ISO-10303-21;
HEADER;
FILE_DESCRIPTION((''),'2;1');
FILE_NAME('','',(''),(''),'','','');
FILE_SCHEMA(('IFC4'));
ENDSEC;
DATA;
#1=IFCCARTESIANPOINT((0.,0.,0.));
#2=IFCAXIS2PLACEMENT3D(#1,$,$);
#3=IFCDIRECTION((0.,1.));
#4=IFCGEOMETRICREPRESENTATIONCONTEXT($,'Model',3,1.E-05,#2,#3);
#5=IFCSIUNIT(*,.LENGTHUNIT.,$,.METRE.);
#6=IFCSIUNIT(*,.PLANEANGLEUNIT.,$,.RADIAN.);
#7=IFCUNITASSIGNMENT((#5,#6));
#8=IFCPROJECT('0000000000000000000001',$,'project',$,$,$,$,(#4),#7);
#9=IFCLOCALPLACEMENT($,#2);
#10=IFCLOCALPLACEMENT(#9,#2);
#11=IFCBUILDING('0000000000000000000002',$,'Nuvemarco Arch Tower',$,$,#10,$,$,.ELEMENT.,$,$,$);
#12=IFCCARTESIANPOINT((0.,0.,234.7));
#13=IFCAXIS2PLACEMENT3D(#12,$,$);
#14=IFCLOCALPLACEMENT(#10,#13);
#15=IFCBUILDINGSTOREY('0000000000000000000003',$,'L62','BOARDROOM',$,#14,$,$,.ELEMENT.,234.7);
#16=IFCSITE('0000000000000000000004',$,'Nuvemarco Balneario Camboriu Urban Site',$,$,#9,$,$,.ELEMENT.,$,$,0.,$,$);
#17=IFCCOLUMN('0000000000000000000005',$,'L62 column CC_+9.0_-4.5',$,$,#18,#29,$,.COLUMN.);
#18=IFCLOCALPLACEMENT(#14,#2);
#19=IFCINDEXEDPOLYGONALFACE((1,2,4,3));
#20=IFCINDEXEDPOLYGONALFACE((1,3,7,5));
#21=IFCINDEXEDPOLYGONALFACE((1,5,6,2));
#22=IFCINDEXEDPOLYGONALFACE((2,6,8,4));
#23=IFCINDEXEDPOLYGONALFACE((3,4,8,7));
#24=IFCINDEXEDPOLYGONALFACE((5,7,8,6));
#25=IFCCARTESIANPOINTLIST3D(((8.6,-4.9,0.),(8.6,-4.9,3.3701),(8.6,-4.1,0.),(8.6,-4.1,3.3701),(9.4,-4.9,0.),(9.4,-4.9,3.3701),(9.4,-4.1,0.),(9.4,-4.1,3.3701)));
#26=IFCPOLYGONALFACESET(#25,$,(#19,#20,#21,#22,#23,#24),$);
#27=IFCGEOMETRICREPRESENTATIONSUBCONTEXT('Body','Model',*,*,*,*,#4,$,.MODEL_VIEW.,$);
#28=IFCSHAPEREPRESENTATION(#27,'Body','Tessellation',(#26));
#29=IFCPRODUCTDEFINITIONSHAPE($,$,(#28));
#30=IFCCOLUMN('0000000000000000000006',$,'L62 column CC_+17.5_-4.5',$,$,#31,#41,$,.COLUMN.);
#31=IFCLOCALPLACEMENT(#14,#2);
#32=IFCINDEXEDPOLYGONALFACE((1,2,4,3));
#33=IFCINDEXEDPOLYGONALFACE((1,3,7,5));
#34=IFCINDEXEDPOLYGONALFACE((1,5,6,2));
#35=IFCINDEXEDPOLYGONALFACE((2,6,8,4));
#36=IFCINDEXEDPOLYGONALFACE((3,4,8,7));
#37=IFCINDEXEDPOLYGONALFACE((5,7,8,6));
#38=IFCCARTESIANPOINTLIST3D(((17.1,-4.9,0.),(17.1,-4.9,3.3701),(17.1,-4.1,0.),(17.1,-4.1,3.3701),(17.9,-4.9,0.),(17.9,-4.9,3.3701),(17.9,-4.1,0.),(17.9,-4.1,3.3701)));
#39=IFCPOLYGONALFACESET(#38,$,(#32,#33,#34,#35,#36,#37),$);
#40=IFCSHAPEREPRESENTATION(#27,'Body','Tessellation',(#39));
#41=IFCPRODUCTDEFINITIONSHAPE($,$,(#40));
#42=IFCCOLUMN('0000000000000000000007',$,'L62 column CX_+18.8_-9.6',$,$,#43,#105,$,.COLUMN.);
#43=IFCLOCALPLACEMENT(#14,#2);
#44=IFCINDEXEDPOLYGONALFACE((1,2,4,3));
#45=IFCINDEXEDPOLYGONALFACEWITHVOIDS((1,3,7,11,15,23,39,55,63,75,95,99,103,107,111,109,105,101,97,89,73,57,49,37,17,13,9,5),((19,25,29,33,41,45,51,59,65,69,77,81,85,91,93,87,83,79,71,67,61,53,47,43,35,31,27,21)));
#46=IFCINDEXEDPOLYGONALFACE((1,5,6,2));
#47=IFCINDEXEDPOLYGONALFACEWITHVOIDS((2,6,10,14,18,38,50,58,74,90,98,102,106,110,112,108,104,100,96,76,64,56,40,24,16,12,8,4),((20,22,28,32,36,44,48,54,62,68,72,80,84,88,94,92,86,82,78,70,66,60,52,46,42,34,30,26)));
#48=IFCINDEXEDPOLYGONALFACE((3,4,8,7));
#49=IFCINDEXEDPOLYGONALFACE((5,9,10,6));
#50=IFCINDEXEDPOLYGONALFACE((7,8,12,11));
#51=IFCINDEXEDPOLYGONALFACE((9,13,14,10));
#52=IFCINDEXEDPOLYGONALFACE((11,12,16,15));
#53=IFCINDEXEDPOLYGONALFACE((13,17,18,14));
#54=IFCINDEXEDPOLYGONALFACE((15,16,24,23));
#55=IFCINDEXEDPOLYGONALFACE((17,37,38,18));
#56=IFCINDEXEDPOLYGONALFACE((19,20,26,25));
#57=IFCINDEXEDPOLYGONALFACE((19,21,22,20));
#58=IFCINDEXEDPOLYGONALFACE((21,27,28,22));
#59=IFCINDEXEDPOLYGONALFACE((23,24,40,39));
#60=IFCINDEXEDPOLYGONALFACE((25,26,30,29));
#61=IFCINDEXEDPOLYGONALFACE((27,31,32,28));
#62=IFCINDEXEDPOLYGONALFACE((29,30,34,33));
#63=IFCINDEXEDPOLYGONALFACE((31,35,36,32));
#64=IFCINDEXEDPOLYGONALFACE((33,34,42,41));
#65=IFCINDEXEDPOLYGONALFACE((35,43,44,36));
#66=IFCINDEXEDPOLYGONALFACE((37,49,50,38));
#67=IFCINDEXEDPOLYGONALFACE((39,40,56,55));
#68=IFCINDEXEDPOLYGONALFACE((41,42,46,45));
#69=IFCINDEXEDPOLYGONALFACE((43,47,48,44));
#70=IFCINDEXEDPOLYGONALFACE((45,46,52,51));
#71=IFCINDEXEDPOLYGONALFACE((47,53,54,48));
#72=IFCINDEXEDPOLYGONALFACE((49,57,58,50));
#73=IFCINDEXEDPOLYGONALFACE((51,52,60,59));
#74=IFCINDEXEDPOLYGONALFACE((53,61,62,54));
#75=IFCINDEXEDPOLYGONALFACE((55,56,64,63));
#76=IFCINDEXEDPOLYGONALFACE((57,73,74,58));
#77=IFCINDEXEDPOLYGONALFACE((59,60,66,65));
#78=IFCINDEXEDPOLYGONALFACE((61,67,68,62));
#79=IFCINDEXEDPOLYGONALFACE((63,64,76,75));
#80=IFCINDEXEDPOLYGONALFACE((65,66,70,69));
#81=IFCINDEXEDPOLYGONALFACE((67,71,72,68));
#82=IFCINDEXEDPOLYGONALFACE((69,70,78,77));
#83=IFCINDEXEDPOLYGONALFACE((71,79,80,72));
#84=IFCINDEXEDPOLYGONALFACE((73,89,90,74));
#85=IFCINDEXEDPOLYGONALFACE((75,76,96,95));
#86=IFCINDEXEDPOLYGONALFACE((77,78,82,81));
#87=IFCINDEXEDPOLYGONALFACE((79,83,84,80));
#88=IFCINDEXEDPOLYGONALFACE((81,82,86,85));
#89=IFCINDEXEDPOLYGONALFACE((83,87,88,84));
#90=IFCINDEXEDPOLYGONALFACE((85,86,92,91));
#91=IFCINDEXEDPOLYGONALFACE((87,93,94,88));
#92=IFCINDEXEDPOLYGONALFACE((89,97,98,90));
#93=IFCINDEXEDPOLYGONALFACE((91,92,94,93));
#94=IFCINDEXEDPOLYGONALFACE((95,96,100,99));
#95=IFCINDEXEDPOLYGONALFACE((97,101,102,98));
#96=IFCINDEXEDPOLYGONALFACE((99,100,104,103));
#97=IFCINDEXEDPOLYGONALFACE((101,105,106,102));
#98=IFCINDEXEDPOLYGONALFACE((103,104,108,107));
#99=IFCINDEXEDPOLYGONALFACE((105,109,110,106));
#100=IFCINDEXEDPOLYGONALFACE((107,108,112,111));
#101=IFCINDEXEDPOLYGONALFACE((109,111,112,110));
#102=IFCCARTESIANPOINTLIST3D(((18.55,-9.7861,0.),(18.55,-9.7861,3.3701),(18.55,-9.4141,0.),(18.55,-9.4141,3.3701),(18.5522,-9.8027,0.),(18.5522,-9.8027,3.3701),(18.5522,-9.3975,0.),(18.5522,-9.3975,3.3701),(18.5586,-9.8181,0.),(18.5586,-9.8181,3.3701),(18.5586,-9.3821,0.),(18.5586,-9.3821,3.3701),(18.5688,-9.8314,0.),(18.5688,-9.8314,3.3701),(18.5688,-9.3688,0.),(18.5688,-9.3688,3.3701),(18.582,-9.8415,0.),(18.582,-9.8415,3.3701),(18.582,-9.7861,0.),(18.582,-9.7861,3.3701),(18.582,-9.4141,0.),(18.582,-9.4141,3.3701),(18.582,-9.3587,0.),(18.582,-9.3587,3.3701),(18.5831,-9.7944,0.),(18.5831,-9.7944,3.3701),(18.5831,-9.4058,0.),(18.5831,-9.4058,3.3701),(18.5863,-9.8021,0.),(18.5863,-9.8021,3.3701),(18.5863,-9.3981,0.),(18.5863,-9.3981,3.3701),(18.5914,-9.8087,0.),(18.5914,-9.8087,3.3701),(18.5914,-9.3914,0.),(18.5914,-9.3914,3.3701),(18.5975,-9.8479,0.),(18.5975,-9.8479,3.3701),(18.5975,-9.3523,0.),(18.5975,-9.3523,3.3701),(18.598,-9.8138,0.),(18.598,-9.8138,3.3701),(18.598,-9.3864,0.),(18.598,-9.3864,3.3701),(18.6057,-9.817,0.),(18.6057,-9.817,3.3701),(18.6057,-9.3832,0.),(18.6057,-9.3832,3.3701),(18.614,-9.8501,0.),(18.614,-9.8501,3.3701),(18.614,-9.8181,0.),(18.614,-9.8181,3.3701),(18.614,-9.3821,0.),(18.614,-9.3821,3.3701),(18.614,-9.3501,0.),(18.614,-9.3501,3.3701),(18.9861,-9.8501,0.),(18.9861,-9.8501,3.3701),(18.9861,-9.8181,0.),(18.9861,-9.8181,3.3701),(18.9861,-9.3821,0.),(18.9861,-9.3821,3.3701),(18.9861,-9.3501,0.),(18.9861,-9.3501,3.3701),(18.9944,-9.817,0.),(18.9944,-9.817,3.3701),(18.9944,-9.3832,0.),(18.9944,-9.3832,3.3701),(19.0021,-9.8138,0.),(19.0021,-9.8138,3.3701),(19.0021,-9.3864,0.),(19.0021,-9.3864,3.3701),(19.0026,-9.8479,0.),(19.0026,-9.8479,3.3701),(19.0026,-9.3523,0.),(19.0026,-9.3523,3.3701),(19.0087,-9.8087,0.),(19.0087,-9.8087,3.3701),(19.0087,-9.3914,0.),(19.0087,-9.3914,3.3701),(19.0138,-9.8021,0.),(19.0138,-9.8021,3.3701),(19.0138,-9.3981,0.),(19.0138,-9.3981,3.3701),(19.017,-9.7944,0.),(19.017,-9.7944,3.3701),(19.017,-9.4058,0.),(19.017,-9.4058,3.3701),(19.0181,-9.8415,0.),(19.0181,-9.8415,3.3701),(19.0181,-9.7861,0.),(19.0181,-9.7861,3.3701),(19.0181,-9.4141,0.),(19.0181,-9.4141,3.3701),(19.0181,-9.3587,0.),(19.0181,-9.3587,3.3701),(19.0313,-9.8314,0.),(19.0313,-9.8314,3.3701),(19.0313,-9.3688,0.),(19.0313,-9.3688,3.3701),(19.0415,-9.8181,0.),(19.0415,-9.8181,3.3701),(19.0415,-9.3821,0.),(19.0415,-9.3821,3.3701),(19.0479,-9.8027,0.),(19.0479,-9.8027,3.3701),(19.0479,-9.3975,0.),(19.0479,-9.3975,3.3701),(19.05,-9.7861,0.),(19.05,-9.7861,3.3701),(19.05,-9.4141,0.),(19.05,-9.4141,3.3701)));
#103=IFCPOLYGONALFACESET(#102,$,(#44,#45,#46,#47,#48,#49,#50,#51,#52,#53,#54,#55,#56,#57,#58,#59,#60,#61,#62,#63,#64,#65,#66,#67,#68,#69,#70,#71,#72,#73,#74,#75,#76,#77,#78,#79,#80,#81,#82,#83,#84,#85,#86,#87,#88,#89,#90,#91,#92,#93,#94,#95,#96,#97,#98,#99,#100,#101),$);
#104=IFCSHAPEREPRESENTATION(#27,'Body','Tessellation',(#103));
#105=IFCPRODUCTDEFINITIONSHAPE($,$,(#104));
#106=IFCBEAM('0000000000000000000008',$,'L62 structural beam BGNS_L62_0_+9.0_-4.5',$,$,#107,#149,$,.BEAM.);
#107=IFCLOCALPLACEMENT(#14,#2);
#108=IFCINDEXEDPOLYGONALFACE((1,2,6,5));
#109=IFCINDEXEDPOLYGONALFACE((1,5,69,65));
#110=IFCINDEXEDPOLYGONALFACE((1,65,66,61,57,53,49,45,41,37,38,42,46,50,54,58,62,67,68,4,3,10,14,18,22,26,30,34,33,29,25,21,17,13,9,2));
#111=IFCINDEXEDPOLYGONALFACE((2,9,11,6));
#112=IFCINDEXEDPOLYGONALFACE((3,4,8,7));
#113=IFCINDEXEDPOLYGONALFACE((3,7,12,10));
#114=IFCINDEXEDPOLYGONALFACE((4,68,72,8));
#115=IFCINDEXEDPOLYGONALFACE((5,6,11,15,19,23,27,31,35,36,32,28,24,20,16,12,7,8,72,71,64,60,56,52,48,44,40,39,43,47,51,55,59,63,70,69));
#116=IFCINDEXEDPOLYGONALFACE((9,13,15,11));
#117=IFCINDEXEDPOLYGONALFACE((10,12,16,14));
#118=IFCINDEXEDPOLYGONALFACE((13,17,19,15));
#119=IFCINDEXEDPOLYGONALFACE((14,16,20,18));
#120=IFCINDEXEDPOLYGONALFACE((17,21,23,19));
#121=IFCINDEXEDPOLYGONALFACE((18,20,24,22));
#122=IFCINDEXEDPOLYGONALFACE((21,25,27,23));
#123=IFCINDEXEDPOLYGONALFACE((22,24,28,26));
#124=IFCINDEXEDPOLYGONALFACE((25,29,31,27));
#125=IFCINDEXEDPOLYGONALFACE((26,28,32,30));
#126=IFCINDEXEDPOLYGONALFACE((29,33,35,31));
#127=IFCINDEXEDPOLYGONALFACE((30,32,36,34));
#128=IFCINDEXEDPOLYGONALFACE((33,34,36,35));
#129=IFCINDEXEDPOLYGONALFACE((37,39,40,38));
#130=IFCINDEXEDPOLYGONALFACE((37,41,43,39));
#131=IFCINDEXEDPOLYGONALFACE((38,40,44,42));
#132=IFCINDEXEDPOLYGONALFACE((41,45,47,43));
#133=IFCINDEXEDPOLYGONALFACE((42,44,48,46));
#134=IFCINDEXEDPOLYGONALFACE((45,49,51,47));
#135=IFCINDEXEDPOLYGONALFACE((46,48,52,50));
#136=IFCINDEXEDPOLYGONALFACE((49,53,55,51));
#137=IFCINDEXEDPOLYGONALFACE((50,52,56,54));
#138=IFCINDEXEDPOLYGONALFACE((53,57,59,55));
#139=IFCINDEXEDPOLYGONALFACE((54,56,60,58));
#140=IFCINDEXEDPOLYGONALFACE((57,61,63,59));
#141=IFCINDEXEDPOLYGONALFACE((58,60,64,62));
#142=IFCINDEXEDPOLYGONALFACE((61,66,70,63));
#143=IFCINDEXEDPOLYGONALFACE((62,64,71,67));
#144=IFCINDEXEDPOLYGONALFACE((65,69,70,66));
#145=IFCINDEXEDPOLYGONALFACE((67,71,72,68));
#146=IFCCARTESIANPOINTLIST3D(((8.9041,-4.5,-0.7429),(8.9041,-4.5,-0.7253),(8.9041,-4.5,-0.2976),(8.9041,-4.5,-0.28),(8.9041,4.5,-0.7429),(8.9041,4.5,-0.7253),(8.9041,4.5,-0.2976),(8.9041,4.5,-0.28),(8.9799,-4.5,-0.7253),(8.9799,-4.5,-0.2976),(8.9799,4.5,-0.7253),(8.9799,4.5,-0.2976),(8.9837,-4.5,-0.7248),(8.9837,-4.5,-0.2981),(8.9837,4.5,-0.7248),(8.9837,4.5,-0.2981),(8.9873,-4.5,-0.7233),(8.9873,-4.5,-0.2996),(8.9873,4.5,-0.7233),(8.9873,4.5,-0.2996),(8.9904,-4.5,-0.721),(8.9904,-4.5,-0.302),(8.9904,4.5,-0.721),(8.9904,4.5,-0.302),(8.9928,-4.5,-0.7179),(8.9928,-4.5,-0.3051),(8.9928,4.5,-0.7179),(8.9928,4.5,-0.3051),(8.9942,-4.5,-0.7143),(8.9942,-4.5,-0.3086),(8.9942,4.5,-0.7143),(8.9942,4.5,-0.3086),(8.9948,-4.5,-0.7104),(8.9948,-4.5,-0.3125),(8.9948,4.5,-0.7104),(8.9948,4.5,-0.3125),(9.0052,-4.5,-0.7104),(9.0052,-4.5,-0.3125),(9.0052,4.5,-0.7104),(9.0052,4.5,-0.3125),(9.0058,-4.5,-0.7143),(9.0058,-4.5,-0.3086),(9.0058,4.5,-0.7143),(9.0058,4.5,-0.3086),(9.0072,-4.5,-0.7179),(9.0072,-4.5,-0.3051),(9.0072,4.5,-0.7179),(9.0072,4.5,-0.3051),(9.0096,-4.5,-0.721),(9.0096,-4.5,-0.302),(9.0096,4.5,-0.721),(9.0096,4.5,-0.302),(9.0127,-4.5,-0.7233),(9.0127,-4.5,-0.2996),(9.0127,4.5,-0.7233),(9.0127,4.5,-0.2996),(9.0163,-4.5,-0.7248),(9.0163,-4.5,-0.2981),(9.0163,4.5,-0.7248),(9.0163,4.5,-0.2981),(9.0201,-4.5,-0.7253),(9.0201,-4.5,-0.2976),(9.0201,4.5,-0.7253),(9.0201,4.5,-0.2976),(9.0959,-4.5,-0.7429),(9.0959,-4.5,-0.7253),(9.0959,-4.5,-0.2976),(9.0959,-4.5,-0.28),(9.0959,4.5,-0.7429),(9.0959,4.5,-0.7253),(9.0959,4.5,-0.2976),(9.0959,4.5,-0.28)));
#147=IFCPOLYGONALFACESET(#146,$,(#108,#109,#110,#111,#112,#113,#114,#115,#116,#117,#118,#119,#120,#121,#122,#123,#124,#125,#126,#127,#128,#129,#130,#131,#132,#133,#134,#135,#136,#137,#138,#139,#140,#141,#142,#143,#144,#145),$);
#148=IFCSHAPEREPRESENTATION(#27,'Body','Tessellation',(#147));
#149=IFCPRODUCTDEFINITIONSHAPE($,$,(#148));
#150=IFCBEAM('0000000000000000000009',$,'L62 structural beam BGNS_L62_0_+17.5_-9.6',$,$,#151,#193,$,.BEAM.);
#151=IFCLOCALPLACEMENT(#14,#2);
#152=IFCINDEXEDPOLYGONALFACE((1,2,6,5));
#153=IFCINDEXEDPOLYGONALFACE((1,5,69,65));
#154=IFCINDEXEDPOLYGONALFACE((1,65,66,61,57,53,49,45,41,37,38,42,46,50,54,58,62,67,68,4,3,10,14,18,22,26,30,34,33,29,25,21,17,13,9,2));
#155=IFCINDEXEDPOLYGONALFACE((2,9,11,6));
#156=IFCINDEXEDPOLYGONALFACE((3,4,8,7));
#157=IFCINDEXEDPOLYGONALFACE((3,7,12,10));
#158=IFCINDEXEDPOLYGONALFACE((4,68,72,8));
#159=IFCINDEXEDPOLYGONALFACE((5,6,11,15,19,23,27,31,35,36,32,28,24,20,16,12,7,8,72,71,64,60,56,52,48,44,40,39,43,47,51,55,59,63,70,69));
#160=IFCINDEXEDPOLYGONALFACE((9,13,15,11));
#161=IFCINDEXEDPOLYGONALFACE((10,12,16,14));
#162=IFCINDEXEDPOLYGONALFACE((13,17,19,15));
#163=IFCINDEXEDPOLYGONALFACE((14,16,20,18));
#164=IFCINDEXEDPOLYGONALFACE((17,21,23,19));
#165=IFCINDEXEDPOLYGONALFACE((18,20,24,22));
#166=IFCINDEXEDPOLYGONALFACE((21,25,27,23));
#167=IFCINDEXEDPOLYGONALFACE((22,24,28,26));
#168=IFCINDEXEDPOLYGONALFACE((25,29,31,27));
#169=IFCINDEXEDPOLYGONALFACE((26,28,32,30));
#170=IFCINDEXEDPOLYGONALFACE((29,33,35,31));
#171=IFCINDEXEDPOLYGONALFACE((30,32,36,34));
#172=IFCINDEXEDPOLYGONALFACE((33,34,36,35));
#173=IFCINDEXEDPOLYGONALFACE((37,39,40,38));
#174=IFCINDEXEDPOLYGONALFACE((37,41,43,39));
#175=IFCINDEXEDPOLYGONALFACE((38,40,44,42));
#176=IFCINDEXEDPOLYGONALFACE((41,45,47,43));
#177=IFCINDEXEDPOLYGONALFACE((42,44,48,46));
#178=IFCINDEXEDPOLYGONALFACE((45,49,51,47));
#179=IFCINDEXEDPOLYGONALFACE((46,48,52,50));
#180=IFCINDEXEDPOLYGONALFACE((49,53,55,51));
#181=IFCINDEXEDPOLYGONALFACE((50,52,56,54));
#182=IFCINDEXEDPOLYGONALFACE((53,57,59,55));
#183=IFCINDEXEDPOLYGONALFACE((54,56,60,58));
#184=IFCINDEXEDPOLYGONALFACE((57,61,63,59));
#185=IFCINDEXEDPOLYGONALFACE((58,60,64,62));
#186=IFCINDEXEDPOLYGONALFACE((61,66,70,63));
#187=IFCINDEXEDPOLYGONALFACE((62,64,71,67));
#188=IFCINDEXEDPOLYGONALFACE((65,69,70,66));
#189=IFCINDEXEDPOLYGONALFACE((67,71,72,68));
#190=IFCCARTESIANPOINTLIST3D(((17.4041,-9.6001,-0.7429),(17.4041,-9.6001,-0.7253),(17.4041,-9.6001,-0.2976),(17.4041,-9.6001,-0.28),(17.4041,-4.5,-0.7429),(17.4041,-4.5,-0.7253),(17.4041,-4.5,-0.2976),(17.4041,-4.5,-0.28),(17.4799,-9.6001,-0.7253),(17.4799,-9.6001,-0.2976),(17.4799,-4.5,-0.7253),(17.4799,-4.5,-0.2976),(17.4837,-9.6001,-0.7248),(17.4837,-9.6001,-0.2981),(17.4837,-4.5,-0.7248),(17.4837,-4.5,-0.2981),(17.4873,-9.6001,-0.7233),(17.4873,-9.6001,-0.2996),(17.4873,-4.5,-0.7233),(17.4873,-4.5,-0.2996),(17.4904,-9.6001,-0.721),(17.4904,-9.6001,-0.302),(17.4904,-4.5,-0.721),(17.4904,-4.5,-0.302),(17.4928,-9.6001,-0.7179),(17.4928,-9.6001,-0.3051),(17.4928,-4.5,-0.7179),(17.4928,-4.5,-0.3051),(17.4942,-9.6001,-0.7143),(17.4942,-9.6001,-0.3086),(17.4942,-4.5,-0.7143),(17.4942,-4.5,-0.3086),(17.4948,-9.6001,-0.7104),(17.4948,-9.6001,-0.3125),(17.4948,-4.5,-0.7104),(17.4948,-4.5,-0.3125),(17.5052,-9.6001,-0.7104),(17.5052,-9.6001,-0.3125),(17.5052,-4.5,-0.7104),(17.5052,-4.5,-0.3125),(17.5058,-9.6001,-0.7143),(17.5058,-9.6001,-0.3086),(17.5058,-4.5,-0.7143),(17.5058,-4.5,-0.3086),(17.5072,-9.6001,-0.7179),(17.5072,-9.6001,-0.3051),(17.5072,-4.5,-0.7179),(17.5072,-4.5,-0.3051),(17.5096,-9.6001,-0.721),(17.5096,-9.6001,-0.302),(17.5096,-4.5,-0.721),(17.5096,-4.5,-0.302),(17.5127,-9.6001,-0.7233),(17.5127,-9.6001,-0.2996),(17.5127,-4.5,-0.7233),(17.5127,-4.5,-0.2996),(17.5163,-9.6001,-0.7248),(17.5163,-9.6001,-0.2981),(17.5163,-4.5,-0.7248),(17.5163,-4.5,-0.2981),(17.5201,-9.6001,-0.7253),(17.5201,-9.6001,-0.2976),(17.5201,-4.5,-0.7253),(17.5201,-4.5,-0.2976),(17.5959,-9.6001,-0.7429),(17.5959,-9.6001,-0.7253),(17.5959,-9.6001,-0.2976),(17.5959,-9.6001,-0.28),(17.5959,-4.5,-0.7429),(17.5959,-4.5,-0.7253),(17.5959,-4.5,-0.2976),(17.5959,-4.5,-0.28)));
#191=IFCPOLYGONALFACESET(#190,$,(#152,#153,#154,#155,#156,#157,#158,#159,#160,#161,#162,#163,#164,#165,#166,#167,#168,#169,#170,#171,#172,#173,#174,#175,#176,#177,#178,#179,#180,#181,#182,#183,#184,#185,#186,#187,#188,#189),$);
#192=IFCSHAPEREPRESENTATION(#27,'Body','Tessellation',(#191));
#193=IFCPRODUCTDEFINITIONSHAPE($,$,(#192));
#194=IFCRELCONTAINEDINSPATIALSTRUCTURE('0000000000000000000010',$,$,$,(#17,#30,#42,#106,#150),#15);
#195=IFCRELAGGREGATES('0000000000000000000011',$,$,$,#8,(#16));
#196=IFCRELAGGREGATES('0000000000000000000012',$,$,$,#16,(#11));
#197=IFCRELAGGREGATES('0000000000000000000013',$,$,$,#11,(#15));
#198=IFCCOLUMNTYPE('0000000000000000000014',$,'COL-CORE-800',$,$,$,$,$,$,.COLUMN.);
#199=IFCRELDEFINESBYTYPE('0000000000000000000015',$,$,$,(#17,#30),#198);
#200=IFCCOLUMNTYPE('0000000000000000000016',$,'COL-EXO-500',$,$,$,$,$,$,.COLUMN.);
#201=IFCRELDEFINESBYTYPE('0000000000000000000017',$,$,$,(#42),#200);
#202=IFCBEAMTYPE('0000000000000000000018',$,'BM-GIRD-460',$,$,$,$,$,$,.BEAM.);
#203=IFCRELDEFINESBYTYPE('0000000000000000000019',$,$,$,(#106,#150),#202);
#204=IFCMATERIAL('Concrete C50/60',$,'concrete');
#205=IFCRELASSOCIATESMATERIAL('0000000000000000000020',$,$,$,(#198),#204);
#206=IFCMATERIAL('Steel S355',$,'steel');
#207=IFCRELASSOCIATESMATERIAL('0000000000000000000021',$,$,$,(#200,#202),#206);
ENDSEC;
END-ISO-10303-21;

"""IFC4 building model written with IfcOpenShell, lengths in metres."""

from ifc_helpers import new_model, si_unit, direction, frame, origin, origin_2d, place, context, subcontext, project, spatial, rectangle, hollow_rectangle, i_section, extrude, material, material_profile, profile_set, type_object, element, save


model = new_model("IFC4")

# Units and contexts
model_context = context("Model", 3, precision=1e-05, world=origin(), true_north=direction((0.0, 1.0)))
body_context = subcontext(model_context, "Body", "Model", "MODEL_VIEW")
ifc_project = project(units=[si_unit("LENGTHUNIT", "METRE"), si_unit("PLANEANGLEUNIT", "RADIAN")], contexts=[model_context])

# Site, building, storey
site_placement = place(None, origin())
site = spatial("IfcSite", under=ifc_project, at=site_placement, Name="Nuvemarco Balneario Camboriu Urban Site", CompositionType="ELEMENT", RefElevation=0.0)
building_placement = place(site_placement, origin())
building = spatial("IfcBuilding", under=site, at=building_placement, Name="Nuvemarco Arch Tower", CompositionType="ELEMENT")
storey_placement = place(building_placement, frame((0.0, 0.0, 234.7)))
storey = spatial("IfcBuildingStorey", under=building, at=storey_placement, Name="L62", Description="BOARDROOM", CompositionType="ELEMENT", Elevation=234.7)

# Columns
ifc_material_1 = material(Name="Concrete C50/60", Category="concrete")
ifc_material_profile_1 = material_profile(ifc_material_1, rectangle(XDim=0.8, YDim=0.8, at=origin_2d()), Name="RC-COL-800x800")
ifc_profile_set_1 = profile_set([ifc_material_profile_1], Name="Concrete C50/60")
column_type_1 = type_object("IfcColumnType", Name="COL-CORE-800", PredefinedType="COLUMN", material=ifc_profile_set_1)
for number, where, z_axis, x_axis, name in (
    (1, (9.0, -4.5, 0.0), (0.0, 0.0, 1.0), (1.0, 0.0, 0.0), "L62 column CC_+9.0_-4.5"),
    (2, (17.5, -4.5, 0.0), (0.0, 0.0, 1.0), (1.0, 0.0, 0.0), "L62 column CC_+17.5_-4.5"),
):
    element("IfcColumn", number, at=place(storey_placement, frame(where, z_axis=z_axis, x_axis=x_axis)), inside=storey, type_object=column_type_1, Name=name, PredefinedType="COLUMN", context=body_context, shape_type="SweptSolid", body=[
        extrude(rectangle(XDim=0.8, YDim=0.8, at=origin_2d()), origin(), (0.0, 0.0, 1.0), 3.3701),
    ])
ifc_material_2 = material(Name="Steel S355", Category="steel")
ifc_material_profile_2 = material_profile(ifc_material_2, hollow_rectangle(XDim=0.5, YDim=0.5, WallThickness=0.032, InnerFilletRadius=0.032, OuterFilletRadius=0.064, at=origin_2d()), Name="SHS500x500x32")
ifc_profile_set_2 = profile_set([ifc_material_profile_2], Name="Steel S355")
column_type_2 = type_object("IfcColumnType", Name="COL-EXO-500", PredefinedType="COLUMN", material=ifc_profile_set_2)
column_placement = place(storey_placement, frame((18.8, -9.6001, 0.0), z_axis=(0.0, 0.0, 1.0), x_axis=(1.0, 0.0, 0.0)))
element("IfcColumn", 3, at=column_placement, inside=storey, type_object=column_type_2, Name="L62 column CX_+18.8_-9.6", PredefinedType="COLUMN", context=body_context, shape_type="SweptSolid", body=[
    extrude(hollow_rectangle(XDim=0.5, YDim=0.5, WallThickness=0.032, InnerFilletRadius=0.032, OuterFilletRadius=0.064, at=origin_2d()), origin(), (0.0, 0.0, 1.0), 3.3701),
])

# Beams
ifc_material_profile_3 = material_profile(ifc_material_2, i_section(OverallWidth=0.1919, OverallDepth=0.4629, WebThickness=0.0105, FlangeThickness=0.0176, FilletRadius=0.0149, at=origin_2d()), Name="W460x89")
ifc_profile_set_3 = profile_set([ifc_material_profile_3], Name="Steel S355")
beam_type_1 = type_object("IfcBeamType", Name="BM-GIRD-460", PredefinedType="BEAM", material=ifc_profile_set_3)
beam_1_placement = place(storey_placement, frame((9.0, -4.5, -0.5115), z_axis=(0.0, 1.0, 0.0), x_axis=(-1.0, 0.0, 0.0)))
element("IfcBeam", 4, at=beam_1_placement, inside=storey, type_object=beam_type_1, Name="L62 structural beam BGNS_L62_0_+9.0_-4.5", PredefinedType="BEAM", context=body_context, shape_type="SweptSolid", body=[
    extrude(i_section(OverallWidth=0.1919, OverallDepth=0.4629, WebThickness=0.0105, FlangeThickness=0.0176, FilletRadius=0.0149, at=origin_2d()), origin(), (0.0, 0.0, 1.0), 9.0),
])
beam_2_placement = place(storey_placement, frame((17.5, -9.6001, -0.5115), z_axis=(0.0, 1.0, 0.0), x_axis=(-1.0, 0.0, 0.0)))
element("IfcBeam", 5, at=beam_2_placement, inside=storey, type_object=beam_type_1, Name="L62 structural beam BGNS_L62_0_+17.5_-9.6", PredefinedType="BEAM", context=body_context, shape_type="SweptSolid", body=[
    extrude(i_section(OverallWidth=0.1919, OverallDepth=0.4629, WebThickness=0.0105, FlangeThickness=0.0176, FilletRadius=0.0149, at=origin_2d()), origin(), (0.0, 0.0, 1.0), 5.1001),
])

save(model, "model.ifc")
